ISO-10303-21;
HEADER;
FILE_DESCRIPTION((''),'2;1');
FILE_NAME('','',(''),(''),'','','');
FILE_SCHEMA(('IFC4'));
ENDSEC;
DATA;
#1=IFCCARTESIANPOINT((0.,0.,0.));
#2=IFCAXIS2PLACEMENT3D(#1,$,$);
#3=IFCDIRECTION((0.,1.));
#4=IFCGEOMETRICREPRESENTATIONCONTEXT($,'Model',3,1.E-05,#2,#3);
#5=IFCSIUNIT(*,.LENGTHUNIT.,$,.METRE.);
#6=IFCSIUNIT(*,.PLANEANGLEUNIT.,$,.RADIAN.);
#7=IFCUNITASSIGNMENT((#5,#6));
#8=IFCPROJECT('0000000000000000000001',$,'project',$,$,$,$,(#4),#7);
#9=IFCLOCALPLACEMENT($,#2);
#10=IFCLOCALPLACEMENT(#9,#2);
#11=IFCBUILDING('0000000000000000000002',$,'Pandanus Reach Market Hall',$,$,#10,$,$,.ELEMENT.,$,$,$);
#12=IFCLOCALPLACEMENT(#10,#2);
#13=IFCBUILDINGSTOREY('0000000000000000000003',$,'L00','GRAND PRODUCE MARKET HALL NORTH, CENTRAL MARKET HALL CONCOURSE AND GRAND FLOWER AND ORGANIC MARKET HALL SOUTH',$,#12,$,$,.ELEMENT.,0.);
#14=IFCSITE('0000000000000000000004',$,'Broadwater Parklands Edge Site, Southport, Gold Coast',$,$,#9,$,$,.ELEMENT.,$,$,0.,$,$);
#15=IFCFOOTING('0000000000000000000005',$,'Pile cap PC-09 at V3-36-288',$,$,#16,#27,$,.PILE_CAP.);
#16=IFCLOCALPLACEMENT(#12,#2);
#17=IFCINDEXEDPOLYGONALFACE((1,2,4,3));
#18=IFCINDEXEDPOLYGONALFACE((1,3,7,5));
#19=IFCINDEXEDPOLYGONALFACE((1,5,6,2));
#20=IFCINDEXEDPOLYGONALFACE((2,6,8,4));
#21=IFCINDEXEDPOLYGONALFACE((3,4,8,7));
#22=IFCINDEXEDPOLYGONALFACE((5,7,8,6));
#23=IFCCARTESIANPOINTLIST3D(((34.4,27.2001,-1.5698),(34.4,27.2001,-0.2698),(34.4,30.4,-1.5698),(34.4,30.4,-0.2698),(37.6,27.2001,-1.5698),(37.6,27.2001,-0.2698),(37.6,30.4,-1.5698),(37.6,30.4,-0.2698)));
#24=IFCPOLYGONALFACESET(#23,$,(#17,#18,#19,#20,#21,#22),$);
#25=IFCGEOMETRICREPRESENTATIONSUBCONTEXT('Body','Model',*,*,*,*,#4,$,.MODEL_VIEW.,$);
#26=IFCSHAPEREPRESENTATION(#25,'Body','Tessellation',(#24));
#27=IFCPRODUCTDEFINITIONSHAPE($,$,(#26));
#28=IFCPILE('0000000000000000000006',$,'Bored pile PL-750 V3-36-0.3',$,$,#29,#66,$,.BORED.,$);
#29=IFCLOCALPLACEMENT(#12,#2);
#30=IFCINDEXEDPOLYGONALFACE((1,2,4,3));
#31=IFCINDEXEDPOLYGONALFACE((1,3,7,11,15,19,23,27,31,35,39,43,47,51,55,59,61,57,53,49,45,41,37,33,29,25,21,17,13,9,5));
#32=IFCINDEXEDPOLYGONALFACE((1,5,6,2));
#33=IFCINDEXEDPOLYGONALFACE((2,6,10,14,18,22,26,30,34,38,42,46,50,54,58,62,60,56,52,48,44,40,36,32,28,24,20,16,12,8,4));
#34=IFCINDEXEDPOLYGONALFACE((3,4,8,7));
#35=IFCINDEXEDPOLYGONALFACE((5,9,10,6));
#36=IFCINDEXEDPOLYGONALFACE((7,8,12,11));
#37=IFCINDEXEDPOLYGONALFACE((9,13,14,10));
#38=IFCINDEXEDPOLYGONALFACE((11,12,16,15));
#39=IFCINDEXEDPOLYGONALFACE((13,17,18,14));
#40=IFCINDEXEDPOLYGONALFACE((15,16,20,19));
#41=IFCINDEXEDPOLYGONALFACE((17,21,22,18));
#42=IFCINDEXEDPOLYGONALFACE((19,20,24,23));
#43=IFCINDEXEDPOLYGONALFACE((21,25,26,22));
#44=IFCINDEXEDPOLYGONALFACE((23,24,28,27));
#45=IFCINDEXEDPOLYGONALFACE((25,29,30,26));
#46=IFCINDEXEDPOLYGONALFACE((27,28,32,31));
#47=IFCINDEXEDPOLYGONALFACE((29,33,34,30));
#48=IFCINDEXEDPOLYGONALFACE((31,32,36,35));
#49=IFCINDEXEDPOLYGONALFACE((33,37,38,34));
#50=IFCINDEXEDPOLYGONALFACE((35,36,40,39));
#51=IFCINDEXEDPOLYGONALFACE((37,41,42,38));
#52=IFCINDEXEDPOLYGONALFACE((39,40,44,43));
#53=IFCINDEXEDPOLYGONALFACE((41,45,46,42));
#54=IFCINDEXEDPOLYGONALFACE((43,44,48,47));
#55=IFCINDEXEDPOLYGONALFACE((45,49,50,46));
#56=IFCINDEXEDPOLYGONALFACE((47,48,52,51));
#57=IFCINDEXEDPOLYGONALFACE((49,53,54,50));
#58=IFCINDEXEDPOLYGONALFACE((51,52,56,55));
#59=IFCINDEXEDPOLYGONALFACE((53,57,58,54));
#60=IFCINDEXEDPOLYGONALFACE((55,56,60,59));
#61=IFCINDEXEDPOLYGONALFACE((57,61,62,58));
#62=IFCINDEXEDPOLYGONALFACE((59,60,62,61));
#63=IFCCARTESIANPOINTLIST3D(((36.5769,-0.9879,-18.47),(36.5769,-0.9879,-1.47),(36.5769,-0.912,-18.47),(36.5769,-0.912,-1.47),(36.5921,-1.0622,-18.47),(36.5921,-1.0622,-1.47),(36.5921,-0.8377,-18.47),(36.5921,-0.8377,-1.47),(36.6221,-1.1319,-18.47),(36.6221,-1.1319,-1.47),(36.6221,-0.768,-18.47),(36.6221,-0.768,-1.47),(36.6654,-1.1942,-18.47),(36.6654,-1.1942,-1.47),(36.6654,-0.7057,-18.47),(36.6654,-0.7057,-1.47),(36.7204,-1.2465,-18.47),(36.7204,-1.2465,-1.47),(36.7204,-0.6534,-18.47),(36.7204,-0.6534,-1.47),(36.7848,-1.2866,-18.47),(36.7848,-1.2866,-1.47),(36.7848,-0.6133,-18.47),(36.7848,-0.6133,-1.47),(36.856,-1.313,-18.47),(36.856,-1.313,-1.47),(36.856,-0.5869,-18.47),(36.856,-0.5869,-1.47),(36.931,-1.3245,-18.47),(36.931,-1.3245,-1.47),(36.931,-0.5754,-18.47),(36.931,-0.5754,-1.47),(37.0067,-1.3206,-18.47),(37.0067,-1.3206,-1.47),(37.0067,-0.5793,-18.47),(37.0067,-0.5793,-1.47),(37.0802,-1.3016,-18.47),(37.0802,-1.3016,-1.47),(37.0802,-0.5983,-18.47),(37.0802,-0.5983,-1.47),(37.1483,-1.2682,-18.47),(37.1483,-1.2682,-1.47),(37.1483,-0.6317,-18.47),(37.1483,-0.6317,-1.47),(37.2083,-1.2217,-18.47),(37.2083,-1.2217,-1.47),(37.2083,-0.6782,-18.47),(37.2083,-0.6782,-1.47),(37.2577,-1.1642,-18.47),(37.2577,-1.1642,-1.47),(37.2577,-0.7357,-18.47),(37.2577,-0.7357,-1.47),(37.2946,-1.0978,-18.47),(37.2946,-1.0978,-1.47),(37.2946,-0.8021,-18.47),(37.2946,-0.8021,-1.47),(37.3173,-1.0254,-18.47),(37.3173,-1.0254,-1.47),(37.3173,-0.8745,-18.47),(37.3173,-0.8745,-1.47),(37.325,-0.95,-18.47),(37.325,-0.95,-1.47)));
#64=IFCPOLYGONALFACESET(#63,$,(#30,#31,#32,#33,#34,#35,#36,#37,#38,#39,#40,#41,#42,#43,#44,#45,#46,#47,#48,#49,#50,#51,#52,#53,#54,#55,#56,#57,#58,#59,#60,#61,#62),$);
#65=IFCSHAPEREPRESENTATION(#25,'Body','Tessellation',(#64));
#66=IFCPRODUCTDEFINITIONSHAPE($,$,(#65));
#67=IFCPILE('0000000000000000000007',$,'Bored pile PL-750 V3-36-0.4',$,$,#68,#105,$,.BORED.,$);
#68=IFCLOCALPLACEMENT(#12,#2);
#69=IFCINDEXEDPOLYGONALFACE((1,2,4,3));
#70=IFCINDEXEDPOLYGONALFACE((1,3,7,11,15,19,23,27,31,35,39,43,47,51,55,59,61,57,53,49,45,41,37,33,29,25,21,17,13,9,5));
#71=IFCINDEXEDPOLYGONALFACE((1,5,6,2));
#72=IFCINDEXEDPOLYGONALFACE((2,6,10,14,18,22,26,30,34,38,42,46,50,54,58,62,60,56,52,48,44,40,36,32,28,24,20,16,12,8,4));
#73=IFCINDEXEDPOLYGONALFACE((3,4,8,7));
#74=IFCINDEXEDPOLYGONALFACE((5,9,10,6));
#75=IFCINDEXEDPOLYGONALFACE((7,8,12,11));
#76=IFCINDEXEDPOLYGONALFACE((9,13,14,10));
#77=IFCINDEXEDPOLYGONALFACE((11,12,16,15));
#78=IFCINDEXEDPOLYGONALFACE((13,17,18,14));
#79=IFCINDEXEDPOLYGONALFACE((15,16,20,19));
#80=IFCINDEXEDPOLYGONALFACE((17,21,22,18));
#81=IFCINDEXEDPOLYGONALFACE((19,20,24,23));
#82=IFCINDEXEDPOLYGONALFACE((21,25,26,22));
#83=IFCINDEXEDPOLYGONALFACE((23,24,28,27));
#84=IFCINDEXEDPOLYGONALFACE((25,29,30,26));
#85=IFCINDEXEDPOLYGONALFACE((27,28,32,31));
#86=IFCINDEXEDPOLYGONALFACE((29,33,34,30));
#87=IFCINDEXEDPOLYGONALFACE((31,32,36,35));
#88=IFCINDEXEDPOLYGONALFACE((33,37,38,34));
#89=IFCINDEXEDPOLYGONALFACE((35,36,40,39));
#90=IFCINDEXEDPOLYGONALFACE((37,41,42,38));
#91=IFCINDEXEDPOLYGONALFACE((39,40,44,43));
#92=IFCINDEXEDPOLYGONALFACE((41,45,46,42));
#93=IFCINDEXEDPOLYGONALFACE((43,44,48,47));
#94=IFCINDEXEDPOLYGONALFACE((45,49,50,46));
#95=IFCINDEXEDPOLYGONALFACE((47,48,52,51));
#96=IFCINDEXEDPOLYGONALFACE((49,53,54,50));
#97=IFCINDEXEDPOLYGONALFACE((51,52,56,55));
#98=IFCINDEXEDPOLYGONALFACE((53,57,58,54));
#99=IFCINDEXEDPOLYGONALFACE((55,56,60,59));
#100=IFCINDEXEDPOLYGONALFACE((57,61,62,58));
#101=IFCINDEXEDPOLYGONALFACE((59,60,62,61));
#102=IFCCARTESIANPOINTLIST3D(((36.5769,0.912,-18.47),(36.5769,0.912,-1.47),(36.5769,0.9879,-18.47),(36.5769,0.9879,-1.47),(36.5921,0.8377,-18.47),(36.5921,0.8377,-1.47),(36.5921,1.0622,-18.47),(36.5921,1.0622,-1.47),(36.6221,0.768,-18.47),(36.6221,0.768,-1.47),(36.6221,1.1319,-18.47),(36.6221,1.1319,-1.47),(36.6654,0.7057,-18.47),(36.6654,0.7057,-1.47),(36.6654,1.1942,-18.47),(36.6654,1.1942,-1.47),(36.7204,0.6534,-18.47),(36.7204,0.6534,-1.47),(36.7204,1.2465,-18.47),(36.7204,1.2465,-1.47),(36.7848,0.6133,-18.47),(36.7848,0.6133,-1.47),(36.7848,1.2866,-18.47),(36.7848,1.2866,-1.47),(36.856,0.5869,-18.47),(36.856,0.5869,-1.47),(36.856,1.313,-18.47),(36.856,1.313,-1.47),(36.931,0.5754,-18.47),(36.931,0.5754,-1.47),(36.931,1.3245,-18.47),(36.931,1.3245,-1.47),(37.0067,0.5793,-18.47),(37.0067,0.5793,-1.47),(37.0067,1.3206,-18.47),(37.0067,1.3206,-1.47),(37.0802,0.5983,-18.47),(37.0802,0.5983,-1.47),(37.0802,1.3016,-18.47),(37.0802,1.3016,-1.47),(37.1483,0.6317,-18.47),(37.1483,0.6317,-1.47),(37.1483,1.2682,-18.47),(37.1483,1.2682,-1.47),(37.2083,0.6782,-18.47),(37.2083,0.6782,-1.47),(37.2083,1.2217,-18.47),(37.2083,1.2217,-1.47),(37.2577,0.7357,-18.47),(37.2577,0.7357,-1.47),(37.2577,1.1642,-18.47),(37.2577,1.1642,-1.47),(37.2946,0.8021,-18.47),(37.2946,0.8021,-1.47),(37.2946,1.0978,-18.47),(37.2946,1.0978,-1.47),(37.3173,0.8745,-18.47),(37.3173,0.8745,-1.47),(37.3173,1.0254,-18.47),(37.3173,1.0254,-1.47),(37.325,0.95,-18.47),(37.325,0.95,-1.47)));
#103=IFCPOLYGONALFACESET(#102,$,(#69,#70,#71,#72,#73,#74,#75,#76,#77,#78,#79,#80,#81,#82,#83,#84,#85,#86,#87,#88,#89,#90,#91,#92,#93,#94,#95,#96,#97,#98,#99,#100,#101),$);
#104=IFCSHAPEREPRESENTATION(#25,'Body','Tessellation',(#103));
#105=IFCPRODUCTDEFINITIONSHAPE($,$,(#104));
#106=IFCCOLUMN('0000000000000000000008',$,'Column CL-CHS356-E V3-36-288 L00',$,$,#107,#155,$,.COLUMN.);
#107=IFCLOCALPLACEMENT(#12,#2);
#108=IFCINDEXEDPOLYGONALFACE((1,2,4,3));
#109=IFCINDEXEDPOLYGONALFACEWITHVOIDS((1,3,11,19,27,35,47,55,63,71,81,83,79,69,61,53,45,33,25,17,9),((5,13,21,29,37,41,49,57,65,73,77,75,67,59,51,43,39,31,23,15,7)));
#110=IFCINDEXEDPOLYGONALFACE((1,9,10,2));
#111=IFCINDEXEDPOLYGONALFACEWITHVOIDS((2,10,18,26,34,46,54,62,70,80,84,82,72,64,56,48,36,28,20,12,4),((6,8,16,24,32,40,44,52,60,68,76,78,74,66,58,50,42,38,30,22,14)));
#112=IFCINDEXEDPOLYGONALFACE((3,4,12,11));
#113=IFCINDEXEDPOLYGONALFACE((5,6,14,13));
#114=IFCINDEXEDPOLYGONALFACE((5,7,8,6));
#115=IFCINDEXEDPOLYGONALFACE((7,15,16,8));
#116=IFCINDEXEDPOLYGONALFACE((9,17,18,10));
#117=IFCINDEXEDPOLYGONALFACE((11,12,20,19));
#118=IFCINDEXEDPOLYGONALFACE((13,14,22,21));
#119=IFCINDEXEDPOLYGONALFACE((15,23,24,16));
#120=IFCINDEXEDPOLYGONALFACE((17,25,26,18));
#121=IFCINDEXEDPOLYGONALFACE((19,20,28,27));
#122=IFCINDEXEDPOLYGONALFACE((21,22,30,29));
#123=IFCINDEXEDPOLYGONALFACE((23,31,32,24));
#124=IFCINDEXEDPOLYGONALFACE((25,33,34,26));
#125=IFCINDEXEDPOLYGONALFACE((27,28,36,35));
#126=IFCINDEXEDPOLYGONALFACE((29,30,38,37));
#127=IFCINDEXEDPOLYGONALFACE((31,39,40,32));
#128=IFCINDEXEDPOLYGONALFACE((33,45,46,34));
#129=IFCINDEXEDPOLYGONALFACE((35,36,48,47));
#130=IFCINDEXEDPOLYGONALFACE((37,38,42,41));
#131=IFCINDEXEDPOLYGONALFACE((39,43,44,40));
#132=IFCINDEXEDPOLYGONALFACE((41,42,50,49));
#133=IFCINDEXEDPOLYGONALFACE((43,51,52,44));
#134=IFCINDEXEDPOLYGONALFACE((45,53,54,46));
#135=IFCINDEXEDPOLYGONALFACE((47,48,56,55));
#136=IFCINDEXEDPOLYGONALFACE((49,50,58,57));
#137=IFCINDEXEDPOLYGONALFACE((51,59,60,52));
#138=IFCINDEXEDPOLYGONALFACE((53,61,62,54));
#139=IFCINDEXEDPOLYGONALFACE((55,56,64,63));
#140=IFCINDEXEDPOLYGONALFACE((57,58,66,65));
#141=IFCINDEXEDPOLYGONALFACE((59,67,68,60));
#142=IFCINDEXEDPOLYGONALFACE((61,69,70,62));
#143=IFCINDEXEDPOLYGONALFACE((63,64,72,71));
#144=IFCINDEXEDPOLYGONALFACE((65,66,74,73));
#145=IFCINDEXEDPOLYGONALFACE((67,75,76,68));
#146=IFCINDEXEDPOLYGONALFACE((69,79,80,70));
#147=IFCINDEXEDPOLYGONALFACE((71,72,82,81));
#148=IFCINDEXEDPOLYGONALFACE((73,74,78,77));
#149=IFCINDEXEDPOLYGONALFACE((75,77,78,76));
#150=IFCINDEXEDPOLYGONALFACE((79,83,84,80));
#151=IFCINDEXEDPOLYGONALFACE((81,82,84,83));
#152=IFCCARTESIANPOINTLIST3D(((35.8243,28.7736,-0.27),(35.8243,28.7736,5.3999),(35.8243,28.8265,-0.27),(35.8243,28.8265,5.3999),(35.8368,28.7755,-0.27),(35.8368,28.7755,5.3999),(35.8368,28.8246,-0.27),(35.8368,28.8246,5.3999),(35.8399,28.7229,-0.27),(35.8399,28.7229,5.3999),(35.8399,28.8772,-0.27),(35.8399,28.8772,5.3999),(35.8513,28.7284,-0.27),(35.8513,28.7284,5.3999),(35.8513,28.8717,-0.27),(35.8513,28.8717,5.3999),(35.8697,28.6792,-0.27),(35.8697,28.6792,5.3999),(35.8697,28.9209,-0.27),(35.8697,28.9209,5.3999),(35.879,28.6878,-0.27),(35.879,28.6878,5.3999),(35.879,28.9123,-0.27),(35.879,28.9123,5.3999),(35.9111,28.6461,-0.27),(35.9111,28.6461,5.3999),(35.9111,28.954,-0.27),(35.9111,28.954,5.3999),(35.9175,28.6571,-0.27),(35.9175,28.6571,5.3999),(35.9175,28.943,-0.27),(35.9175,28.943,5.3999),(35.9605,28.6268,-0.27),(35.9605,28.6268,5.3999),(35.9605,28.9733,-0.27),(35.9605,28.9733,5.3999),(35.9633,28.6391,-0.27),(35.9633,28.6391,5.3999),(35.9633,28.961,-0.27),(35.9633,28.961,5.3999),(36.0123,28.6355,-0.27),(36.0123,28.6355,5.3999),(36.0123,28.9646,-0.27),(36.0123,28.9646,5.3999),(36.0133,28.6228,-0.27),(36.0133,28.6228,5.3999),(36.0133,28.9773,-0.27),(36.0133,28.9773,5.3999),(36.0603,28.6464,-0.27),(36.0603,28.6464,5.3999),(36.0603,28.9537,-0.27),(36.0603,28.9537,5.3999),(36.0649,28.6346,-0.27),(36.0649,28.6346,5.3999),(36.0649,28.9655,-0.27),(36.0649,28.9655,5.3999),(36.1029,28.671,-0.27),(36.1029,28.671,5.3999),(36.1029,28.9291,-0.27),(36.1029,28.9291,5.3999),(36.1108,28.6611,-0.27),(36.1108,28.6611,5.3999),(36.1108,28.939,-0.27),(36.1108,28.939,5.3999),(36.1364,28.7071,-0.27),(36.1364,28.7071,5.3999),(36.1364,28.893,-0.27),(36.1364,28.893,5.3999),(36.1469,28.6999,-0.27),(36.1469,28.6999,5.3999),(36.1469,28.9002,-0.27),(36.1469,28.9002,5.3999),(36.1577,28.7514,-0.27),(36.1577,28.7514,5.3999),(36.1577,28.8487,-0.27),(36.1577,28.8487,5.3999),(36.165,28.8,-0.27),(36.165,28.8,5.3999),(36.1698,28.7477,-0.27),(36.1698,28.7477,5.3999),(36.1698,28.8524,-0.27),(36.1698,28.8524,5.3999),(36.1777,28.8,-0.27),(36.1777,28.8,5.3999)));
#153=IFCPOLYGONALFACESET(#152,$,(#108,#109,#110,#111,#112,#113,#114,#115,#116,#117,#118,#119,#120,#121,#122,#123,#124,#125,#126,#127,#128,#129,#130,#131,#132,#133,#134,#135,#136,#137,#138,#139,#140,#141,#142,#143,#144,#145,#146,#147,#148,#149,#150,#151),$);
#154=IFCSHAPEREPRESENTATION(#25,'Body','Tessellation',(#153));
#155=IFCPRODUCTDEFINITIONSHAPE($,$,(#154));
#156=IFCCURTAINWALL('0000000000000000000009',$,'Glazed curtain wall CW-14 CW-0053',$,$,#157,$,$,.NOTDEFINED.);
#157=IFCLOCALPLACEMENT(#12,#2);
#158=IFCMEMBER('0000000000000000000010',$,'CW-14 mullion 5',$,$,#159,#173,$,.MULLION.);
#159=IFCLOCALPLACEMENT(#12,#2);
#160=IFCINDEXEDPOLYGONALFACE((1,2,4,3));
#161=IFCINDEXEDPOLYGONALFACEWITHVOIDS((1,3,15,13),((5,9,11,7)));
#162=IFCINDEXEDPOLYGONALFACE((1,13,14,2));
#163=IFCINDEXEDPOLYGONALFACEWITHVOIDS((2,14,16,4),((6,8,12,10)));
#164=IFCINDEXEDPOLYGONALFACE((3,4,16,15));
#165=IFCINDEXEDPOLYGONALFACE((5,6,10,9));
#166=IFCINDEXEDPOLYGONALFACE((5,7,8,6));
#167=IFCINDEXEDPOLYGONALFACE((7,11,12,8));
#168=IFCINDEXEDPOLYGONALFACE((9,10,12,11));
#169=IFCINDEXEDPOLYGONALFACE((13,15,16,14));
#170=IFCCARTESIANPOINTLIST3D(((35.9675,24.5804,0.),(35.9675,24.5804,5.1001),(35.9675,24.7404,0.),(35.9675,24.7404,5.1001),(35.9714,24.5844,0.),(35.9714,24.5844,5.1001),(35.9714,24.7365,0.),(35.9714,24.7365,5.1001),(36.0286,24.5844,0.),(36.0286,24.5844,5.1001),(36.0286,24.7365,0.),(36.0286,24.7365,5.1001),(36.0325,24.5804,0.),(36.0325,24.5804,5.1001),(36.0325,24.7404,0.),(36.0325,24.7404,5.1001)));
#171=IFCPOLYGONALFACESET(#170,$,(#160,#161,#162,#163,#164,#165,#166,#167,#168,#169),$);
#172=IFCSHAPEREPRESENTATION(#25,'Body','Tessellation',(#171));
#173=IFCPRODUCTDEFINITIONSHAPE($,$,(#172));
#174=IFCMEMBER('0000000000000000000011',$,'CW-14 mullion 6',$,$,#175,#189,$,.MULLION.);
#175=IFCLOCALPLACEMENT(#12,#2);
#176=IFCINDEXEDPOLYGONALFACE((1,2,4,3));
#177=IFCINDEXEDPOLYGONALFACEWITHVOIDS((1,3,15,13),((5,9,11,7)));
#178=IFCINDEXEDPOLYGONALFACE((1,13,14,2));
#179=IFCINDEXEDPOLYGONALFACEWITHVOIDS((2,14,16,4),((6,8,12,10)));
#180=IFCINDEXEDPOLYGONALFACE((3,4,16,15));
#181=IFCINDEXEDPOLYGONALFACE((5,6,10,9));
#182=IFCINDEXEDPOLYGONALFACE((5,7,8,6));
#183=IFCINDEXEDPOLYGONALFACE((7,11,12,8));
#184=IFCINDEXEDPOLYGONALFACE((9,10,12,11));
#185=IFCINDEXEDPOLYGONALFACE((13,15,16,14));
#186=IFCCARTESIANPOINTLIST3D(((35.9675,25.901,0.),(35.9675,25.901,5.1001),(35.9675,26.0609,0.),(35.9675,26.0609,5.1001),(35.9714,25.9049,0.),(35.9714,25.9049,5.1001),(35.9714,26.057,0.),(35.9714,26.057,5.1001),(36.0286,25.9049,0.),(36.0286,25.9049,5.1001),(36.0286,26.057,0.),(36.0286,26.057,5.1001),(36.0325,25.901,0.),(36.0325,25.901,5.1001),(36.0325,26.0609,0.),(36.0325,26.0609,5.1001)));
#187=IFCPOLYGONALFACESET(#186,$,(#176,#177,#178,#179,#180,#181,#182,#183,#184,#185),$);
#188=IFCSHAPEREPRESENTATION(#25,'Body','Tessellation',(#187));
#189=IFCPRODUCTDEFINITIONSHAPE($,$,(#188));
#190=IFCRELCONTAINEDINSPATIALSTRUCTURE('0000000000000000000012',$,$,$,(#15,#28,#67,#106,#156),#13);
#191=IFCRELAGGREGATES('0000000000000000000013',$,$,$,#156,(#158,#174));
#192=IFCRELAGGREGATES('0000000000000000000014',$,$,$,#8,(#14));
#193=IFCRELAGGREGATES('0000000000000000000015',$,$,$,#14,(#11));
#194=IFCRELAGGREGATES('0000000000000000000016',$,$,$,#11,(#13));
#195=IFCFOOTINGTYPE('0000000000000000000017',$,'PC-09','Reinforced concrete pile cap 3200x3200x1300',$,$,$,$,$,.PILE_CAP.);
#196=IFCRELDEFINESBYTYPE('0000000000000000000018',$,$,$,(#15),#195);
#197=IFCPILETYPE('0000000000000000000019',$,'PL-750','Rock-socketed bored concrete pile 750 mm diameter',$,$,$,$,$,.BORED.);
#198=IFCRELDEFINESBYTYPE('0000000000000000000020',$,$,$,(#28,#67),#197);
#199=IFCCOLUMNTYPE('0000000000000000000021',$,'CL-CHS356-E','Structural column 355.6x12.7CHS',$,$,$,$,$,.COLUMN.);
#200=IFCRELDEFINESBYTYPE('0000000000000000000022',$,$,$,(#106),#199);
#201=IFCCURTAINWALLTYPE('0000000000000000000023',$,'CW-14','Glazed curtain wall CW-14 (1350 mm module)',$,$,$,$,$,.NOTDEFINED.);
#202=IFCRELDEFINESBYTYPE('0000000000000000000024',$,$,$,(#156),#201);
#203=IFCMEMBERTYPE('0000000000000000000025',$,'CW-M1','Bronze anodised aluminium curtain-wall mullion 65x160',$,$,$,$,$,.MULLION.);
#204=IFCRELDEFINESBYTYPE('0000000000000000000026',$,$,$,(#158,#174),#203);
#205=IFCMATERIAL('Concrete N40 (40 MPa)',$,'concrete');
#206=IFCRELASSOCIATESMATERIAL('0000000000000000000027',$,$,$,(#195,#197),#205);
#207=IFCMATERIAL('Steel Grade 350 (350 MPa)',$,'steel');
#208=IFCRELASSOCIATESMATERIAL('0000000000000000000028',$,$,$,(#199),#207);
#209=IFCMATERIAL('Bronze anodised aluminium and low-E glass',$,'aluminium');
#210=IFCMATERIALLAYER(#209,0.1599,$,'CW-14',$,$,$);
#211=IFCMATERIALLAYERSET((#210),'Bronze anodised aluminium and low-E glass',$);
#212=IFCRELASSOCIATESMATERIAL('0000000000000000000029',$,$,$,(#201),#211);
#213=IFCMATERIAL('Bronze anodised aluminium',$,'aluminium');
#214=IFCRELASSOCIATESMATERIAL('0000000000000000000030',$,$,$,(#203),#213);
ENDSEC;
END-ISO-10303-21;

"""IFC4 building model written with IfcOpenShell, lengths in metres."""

from ifc_helpers import new_model, si_unit, direction, frame, origin, origin_2d, place, context, subcontext, project, spatial, rectangle, hollow_rectangle, circle, hollow_circle, extrude, material, layer, layer_set, material_profile, profile_set, type_object, element, aggregate, save


model = new_model("IFC4")

# Units and contexts
model_context = context("Model", 3, precision=1e-05, world=origin(), true_north=direction((0.0, 1.0)))
body_context = subcontext(model_context, "Body", "Model", "MODEL_VIEW")
ifc_project = project(units=[si_unit("LENGTHUNIT", "METRE"), si_unit("PLANEANGLEUNIT", "RADIAN")], contexts=[model_context])

# Site, building, storey
site_placement = place(None, origin())
site = spatial("IfcSite", under=ifc_project, at=site_placement, Name="Broadwater Parklands Edge Site, Southport, Gold Coast", CompositionType="ELEMENT", RefElevation=0.0)
building_placement = place(site_placement, origin())
building = spatial("IfcBuilding", under=site, at=building_placement, Name="Pandanus Reach Market Hall", CompositionType="ELEMENT")
storey_placement = place(building_placement, origin())
storey = spatial("IfcBuildingStorey", under=building, at=storey_placement, Name="L00", Description="GRAND PRODUCE MARKET HALL NORTH, CENTRAL MARKET HALL CONCOURSE AND GRAND FLOWER AND ORGANIC MARKET HALL SOUTH", CompositionType="ELEMENT", Elevation=0.0)

# Footing
ifc_material_1 = material(Name="Concrete N40 (40 MPa)", Category="concrete")
footing_type = type_object("IfcFootingType", Name="PC-09", Description="Reinforced concrete pile cap 3200x3200x1300", PredefinedType="PILE_CAP", material=ifc_material_1)
footing_placement = place(storey_placement, frame((36.0, 28.8, -1.5698), z_axis=(0.0, 0.0, 1.0), x_axis=(1.0, 0.0, 0.0)))
element("IfcFooting", 1, at=footing_placement, inside=storey, type_object=footing_type, Name="Pile cap PC-09 at V3-36-288", PredefinedType="PILE_CAP", context=body_context, shape_type="SweptSolid", body=[
    extrude(rectangle(XDim=3.2, YDim=3.2, at=origin_2d()), origin(), (0.0, 0.0, 1.0), 1.3),
])

# Piles
ifc_material_profile_1 = material_profile(ifc_material_1, circle(Radius=0.375, at=origin_2d()), Name="PILE-750D", Category="LoadBearing")
ifc_profile_set_1 = profile_set([ifc_material_profile_1], Name="Concrete N40 (40 MPa)")
pile_type = type_object("IfcPileType", Name="PL-750", Description="Rock-socketed bored concrete pile 750 mm diameter", PredefinedType="BORED", material=ifc_profile_set_1)
for number, where, z_axis, x_axis, name in (
    (2, (36.95, -0.95, -1.47), (0.0, 0.0, -1.0), (1.0, 0.0, 0.0), "Bored pile PL-750 V3-36-0.3"),
    (3, (36.95, 0.95, -1.47), (0.0, 0.0, -1.0), (1.0, 0.0, 0.0), "Bored pile PL-750 V3-36-0.4"),
):
    element("IfcPile", number, at=place(storey_placement, frame(where, z_axis=z_axis, x_axis=x_axis)), inside=storey, type_object=pile_type, Name=name, PredefinedType="BORED", context=body_context, shape_type="SweptSolid", body=[
        extrude(circle(Radius=0.375, at=origin_2d()), origin(), (0.0, 0.0, 1.0), 17.0),
    ])

# Column
ifc_material_2 = material(Name="Steel Grade 350 (350 MPa)", Category="steel")
ifc_material_profile_2 = material_profile(ifc_material_2, hollow_circle(Radius=0.1777, WallThickness=0.0127, at=origin_2d()), Name="355.6x12.7CHS", Category="LoadBearing")
ifc_profile_set_2 = profile_set([ifc_material_profile_2], Name="Steel Grade 350 (350 MPa)")
column_type = type_object("IfcColumnType", Name="CL-CHS356-E", Description="Structural column 355.6x12.7CHS", PredefinedType="COLUMN", material=ifc_profile_set_2)
column_placement = place(storey_placement, frame((36.0, 28.8, -0.27), z_axis=(0.0, 0.0, 1.0), x_axis=(1.0, 0.0, 0.0)))
element("IfcColumn", 4, at=column_placement, inside=storey, type_object=column_type, Name="Column CL-CHS356-E V3-36-288 L00", PredefinedType="COLUMN", context=body_context, shape_type="SweptSolid", body=[
    extrude(hollow_circle(Radius=0.1777, WallThickness=0.0127, at=origin_2d()), origin(), (0.0, 0.0, 1.0), 5.6699),
])

# Curtain wall, members
ifc_material_3 = material(Name="Bronze anodised aluminium and low-E glass", Category="aluminium")
ifc_layer_1 = layer(ifc_material_3, 0.1599, Name="CW-14")
ifc_layer_set_1 = layer_set([ifc_layer_1], Name="Bronze anodised aluminium and low-E glass")
curtain_wall_type = type_object("IfcCurtainWallType", Name="CW-14", Description="Glazed curtain wall CW-14 (1350 mm module)", PredefinedType="NOTDEFINED", material=ifc_layer_set_1)
curtain_wall_placement = place(storey_placement, origin())
curtain_wall = element("IfcCurtainWall", 5, at=curtain_wall_placement, inside=storey, type_object=curtain_wall_type, Name="Glazed curtain wall CW-14 CW-0053", PredefinedType="NOTDEFINED")
ifc_material_4 = material(Name="Bronze anodised aluminium", Category="aluminium")
ifc_material_profile_3 = material_profile(ifc_material_4, hollow_rectangle(XDim=0.0649, YDim=0.1599, WallThickness=0.0039, at=origin_2d()), Name="ALU65x160", Category="LoadBearing")
ifc_profile_set_3 = profile_set([ifc_material_profile_3], Name="Bronze anodised aluminium")
member_type_1 = type_object("IfcMemberType", Name="CW-M1", Description="Bronze anodised aluminium curtain-wall mullion 65x160", PredefinedType="MULLION", material=ifc_profile_set_3)
member_1_placement = place(storey_placement, frame((36.0, 24.6604, 0.0), z_axis=(0.0, 0.0, 1.0), x_axis=(-1.0, 0.0, 0.0)))
member_1 = element("IfcMember", 6, at=member_1_placement, type_object=member_type_1, Name="CW-14 mullion 5", PredefinedType="MULLION", context=body_context, shape_type="SweptSolid", body=[
    extrude(hollow_rectangle(XDim=0.0649, YDim=0.1599, WallThickness=0.0039, at=origin_2d()), origin(), (0.0, 0.0, 1.0), 5.1001),
])
member_2_placement = place(storey_placement, frame((36.0, 25.981, 0.0), z_axis=(0.0, 0.0, 1.0), x_axis=(-1.0, 0.0, 0.0)))
member_2 = element("IfcMember", 7, at=member_2_placement, type_object=member_type_1, Name="CW-14 mullion 6", PredefinedType="MULLION", context=body_context, shape_type="SweptSolid", body=[
    extrude(hollow_rectangle(XDim=0.0649, YDim=0.1599, WallThickness=0.0039, at=origin_2d()), origin(), (0.0, 0.0, 1.0), 5.1001),
])

aggregate(curtain_wall, [member_1, member_2])

save(model, "model.ifc")
